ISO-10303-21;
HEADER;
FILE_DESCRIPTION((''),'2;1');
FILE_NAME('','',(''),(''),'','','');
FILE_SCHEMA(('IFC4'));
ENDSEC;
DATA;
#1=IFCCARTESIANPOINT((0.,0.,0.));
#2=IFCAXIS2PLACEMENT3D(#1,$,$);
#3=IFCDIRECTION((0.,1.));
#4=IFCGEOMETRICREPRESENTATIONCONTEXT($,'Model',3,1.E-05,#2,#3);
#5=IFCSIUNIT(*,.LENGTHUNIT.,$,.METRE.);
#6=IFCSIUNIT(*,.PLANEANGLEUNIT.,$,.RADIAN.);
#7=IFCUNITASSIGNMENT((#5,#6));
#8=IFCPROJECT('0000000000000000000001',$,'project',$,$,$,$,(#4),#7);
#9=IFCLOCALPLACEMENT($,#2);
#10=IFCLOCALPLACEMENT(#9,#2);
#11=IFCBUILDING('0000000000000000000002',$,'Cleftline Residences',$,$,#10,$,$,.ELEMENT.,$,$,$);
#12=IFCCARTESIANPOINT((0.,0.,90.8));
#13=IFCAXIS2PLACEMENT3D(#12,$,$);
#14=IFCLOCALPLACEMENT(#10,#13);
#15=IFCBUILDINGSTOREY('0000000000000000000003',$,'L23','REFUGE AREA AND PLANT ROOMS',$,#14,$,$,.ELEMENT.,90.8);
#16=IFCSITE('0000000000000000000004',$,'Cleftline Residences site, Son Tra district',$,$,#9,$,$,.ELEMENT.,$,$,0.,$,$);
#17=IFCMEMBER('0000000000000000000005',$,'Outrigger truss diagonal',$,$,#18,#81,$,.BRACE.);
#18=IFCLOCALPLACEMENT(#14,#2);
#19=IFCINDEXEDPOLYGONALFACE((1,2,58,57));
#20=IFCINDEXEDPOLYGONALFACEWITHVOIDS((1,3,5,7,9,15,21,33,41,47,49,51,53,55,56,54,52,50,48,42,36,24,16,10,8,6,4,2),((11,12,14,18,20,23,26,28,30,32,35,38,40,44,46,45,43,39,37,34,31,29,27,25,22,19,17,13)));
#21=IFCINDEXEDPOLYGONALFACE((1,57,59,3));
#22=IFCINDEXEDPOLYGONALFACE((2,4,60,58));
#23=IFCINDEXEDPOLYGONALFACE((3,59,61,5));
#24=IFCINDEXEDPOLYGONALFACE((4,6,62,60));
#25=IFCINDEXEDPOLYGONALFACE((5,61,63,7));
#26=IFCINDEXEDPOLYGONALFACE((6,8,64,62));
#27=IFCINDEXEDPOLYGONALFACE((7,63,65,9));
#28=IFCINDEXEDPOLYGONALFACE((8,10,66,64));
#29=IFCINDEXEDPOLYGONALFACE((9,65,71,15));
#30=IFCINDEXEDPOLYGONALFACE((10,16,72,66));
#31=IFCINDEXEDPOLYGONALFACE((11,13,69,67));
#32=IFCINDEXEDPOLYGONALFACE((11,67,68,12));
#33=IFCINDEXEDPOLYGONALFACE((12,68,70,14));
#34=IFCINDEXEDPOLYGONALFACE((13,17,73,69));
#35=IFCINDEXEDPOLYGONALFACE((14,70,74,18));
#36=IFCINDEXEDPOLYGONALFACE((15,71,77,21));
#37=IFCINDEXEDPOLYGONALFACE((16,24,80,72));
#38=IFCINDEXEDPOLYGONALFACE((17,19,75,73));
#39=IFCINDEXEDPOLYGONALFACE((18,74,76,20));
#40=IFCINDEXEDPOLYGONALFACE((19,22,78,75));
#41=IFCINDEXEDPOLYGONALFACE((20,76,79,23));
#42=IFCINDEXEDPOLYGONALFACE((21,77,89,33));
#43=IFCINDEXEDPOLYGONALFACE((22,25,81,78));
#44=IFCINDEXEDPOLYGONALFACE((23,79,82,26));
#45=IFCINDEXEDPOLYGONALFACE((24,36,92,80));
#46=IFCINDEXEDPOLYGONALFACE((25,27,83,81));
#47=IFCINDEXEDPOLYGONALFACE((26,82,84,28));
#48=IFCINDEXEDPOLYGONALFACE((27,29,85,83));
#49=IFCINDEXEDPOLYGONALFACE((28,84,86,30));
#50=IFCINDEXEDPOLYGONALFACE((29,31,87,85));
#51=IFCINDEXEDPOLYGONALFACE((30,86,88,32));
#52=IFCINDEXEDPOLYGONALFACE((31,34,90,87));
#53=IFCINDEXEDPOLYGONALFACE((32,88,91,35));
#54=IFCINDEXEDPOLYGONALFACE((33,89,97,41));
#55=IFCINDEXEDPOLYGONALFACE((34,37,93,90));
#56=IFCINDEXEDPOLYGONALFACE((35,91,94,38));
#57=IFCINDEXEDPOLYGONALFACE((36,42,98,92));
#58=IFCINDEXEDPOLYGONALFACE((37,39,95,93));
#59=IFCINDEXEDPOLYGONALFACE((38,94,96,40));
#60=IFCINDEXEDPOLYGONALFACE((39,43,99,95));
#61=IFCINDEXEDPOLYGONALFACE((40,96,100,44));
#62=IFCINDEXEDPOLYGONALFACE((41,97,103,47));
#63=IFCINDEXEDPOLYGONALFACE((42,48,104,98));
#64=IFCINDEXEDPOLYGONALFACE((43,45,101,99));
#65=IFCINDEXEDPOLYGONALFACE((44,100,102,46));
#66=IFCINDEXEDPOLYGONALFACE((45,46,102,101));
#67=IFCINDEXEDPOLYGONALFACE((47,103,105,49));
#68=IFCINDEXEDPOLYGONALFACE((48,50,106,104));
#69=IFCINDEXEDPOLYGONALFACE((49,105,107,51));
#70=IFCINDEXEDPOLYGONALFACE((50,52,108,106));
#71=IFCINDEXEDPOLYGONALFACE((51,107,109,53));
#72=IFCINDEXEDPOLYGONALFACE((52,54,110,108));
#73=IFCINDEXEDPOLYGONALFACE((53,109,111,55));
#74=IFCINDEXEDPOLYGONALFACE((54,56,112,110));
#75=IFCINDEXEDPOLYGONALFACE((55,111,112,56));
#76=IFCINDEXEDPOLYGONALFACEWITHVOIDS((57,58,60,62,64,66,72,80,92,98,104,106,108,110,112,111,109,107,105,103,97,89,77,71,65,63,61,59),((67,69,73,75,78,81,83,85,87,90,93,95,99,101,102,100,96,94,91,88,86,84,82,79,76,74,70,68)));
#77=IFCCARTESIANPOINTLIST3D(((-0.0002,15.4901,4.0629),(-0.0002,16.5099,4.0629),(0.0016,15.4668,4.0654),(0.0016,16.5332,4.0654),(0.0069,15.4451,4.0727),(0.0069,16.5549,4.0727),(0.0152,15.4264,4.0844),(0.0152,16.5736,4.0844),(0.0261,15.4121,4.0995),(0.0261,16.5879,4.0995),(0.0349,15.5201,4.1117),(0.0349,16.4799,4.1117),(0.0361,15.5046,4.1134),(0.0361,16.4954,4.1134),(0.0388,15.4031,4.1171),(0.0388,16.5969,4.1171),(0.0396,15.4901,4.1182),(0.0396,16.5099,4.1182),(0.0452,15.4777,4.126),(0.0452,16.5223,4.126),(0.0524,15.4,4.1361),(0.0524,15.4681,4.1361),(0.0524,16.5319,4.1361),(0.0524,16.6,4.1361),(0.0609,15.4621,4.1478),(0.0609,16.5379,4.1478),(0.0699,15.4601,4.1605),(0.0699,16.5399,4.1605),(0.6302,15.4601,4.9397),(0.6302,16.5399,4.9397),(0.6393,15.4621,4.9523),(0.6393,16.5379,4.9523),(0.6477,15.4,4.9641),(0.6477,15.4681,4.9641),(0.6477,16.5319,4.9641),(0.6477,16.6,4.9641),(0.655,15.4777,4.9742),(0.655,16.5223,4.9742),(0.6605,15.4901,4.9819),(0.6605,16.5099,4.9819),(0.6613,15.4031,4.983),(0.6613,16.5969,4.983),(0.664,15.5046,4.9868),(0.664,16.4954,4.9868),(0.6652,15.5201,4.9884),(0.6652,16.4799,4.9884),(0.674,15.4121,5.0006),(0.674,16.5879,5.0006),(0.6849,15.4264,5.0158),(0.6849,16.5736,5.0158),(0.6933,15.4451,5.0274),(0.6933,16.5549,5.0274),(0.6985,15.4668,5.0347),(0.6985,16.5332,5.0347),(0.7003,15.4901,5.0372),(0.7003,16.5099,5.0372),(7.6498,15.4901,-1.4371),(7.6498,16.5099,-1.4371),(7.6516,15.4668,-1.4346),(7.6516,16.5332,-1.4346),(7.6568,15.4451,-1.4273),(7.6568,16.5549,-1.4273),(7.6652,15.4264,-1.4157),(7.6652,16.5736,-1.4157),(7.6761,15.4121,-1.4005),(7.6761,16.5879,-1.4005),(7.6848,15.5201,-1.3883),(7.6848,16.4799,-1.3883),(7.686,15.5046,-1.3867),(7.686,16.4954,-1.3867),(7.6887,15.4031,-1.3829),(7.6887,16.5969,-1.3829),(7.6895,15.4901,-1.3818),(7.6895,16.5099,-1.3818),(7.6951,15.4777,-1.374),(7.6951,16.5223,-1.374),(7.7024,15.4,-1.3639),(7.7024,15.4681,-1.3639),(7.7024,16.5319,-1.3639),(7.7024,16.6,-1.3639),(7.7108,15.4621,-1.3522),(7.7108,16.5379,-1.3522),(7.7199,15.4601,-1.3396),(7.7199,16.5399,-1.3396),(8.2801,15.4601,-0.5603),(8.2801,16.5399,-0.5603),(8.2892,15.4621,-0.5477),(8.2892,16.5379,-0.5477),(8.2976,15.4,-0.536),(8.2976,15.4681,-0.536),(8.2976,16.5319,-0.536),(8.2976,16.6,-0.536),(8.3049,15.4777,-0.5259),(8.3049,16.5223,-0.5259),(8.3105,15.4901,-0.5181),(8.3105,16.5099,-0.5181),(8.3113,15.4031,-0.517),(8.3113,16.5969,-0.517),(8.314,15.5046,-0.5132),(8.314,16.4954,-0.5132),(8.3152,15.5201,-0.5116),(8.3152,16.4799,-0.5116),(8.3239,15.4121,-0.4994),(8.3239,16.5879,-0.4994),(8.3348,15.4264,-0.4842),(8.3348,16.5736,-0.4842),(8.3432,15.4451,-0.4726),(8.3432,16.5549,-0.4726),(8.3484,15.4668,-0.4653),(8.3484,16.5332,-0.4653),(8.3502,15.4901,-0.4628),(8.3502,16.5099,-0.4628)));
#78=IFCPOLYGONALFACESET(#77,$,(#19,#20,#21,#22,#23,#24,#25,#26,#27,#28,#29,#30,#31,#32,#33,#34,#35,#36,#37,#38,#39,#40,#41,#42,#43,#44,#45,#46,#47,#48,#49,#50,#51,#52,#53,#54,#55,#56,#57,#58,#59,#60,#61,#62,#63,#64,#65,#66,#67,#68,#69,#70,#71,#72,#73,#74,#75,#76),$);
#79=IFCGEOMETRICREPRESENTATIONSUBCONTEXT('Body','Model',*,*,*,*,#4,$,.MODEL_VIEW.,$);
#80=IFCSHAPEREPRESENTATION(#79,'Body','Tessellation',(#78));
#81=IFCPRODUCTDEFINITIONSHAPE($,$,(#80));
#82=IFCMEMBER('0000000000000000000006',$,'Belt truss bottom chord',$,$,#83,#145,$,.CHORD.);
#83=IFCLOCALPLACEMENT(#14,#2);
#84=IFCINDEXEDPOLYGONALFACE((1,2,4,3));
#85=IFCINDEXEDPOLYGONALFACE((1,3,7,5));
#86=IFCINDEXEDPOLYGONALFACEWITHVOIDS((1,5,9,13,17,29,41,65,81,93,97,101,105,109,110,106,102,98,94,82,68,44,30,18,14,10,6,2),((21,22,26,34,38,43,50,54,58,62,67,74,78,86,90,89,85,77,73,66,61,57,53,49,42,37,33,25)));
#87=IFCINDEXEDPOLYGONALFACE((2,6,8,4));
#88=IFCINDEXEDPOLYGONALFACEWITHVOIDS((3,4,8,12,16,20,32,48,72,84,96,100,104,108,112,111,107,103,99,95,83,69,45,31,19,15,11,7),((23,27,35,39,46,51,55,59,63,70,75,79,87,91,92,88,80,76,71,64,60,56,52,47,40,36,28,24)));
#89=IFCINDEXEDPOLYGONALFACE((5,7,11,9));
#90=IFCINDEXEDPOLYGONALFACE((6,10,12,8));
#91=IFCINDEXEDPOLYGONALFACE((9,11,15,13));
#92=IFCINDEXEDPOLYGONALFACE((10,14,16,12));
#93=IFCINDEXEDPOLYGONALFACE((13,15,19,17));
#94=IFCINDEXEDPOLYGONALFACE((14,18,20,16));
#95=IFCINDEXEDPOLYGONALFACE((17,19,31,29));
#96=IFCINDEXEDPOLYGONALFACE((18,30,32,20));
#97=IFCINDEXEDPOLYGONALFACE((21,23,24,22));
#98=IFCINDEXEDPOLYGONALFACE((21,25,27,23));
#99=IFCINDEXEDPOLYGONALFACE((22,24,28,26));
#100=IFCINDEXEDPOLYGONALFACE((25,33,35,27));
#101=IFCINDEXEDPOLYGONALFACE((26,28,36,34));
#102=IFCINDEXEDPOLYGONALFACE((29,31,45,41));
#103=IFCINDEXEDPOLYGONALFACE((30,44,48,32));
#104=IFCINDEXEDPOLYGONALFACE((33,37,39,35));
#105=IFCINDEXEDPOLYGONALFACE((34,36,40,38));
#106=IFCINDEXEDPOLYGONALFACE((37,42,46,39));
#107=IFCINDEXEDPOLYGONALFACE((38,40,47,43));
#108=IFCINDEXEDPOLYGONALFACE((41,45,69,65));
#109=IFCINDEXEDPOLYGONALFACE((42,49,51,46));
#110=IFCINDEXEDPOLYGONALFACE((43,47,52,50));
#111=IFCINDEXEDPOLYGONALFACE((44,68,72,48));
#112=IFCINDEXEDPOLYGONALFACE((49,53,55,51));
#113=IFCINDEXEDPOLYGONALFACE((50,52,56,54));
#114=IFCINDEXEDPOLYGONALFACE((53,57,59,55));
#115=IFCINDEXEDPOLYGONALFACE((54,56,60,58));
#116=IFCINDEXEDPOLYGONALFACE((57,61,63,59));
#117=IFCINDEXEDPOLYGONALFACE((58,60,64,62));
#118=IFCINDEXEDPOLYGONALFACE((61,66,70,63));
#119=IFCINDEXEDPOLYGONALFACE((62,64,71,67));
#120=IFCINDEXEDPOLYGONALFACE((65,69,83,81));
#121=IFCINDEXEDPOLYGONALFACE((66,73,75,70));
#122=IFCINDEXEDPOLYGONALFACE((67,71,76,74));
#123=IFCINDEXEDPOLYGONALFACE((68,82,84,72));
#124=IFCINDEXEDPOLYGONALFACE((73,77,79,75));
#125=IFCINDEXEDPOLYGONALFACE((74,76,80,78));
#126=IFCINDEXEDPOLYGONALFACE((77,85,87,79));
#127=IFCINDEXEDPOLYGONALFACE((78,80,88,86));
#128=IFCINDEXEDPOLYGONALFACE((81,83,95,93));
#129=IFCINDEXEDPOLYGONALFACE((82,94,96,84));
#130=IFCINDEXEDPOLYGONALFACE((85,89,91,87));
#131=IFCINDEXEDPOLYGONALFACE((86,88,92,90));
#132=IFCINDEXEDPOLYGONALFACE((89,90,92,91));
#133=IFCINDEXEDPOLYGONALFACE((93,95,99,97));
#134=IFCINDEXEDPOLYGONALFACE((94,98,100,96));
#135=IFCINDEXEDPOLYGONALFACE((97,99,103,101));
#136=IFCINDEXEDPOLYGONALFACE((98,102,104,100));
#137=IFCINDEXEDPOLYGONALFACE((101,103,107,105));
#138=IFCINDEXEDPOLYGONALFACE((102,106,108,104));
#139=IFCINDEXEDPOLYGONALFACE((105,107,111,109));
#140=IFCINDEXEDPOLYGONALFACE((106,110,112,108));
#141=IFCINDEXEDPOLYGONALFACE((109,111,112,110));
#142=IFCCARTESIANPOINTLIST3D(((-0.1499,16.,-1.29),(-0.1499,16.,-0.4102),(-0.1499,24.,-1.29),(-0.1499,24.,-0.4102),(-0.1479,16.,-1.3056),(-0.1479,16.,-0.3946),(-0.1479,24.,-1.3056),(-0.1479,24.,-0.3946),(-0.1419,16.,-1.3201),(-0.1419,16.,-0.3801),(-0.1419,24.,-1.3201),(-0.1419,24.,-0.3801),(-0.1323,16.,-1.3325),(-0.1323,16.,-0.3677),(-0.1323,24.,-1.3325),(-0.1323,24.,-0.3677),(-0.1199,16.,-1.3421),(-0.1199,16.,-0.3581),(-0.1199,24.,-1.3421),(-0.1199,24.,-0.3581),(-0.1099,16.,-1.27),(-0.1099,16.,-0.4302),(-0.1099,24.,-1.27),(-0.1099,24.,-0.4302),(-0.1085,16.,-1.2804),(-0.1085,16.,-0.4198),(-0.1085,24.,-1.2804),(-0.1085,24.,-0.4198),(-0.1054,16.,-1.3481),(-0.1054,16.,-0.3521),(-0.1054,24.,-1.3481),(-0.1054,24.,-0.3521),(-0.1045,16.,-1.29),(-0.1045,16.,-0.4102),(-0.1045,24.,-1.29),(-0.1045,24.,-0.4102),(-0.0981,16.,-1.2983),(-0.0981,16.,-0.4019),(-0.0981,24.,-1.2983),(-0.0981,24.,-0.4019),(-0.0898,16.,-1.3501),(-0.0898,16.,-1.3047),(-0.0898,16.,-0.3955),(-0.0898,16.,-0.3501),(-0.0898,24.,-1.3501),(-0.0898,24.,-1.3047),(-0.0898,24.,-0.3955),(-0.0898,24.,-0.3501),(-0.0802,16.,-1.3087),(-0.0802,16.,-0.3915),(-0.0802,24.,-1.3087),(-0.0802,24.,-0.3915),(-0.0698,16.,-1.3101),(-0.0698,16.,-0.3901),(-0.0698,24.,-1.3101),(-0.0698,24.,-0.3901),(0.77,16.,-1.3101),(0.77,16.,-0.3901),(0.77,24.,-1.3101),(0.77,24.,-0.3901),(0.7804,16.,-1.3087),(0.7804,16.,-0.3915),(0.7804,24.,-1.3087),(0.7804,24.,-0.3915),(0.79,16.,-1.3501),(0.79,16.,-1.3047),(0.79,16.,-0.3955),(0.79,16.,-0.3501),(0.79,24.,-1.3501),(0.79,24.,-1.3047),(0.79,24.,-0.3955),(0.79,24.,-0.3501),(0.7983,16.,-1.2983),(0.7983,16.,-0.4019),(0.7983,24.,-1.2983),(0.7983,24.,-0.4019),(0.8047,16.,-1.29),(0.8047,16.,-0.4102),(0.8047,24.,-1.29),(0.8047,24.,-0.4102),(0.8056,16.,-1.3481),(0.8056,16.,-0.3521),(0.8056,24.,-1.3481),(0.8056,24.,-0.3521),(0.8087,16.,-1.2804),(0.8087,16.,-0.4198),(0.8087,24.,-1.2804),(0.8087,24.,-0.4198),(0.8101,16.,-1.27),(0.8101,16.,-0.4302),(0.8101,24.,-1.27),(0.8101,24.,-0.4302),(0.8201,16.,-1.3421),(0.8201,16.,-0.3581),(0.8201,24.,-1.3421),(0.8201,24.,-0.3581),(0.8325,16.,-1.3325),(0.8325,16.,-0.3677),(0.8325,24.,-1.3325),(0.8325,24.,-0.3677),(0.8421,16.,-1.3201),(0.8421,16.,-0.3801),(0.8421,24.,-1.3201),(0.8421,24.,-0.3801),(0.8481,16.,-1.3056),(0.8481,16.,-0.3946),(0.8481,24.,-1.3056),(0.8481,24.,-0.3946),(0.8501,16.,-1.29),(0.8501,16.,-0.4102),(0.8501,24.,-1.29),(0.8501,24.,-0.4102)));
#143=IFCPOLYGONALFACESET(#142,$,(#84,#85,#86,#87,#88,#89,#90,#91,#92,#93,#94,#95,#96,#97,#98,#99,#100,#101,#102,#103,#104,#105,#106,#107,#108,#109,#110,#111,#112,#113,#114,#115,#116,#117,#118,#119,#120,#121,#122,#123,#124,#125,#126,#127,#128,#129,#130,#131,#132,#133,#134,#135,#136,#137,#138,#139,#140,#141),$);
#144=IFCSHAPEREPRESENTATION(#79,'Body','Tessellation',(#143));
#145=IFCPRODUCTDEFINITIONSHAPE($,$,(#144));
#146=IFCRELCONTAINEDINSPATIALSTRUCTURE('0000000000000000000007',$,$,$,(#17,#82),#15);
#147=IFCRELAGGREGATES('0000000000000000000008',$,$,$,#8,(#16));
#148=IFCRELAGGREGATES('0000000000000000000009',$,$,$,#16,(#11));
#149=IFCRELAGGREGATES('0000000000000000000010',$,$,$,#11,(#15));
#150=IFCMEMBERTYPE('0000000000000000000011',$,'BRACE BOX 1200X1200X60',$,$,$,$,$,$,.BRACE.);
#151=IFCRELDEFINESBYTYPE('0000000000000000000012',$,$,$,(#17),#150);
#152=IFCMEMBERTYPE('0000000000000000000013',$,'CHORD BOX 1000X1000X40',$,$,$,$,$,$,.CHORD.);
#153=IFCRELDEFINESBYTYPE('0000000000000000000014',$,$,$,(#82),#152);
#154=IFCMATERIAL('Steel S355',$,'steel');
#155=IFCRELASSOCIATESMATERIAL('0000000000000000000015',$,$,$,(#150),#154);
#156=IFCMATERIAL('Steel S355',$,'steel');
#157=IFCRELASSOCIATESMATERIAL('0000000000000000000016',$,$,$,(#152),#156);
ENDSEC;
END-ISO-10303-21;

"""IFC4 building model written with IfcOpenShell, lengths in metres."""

from ifc_helpers import new_model, si_unit, direction, frame, origin, origin_2d, place, context, subcontext, project, spatial, hollow_rectangle, extrude, material, material_profile, profile_set, type_object, element, save


model = new_model("IFC4")

# Units and contexts
model_context = context("Model", 3, precision=1e-05, world=origin(), true_north=direction((0.0, 1.0)))
body_context = subcontext(model_context, "Body", "Model", "MODEL_VIEW")
ifc_project = project(units=[si_unit("LENGTHUNIT", "METRE"), si_unit("PLANEANGLEUNIT", "RADIAN")], contexts=[model_context])

# Site, building, storey
site_placement = place(None, origin())
site = spatial("IfcSite", under=ifc_project, at=site_placement, Name="Cleftline Residences site, Son Tra district", CompositionType="ELEMENT", RefElevation=0.0)
building_placement = place(site_placement, origin())
building = spatial("IfcBuilding", under=site, at=building_placement, Name="Cleftline Residences", CompositionType="ELEMENT")
storey_placement = place(building_placement, frame((0.0, 0.0, 90.8)))
storey = spatial("IfcBuildingStorey", under=building, at=storey_placement, Name="L23", Description="REFUGE AREA AND PLANT ROOMS", CompositionType="ELEMENT", Elevation=90.8)

# Members
ifc_material_1 = material(Name="Steel S355", Category="steel")
ifc_material_profile_1 = material_profile(ifc_material_1, hollow_rectangle(XDim=1.2, YDim=1.2, WallThickness=0.0601, InnerFilletRadius=0.0601, OuterFilletRadius=0.0901, at=origin_2d()))
ifc_profile_set_1 = profile_set([ifc_material_profile_1], Name="Steel S355")
member_type_1 = type_object("IfcMemberType", Name="BRACE BOX 1200X1200X60", PredefinedType="BRACE", material=ifc_profile_set_1)
member_1_placement = place(storey_placement, frame((8.0, 16.0, -0.95), z_axis=(-0.811933, 0.0, 0.58375), x_axis=(0.58375, 0.0, 0.811933)))
element("IfcMember", 1, at=member_1_placement, inside=storey, type_object=member_type_1, Name="Outrigger truss diagonal", PredefinedType="BRACE", context=body_context, shape_type="SweptSolid", body=[
    extrude(hollow_rectangle(XDim=1.2, YDim=1.2, WallThickness=0.0601, InnerFilletRadius=0.0601, OuterFilletRadius=0.0901, at=origin_2d()), origin(), (0.0, 0.0, 1.0), 9.4219),
])
ifc_material_2 = material(Name="Steel S355", Category="steel")
ifc_material_profile_2 = material_profile(ifc_material_2, hollow_rectangle(XDim=1.0, YDim=1.0, WallThickness=0.04, InnerFilletRadius=0.04, OuterFilletRadius=0.0601, at=origin_2d()))
ifc_profile_set_2 = profile_set([ifc_material_profile_2], Name="Steel S355")
member_type_2 = type_object("IfcMemberType", Name="CHORD BOX 1000X1000X40", PredefinedType="CHORD", material=ifc_profile_set_2)
for number, where, z_axis, x_axis, name in (
    (2, (0.3501, 16.0, -0.8501), (0.0, 1.0, 0.0), (-1.0, 0.0, 0.0), "Belt truss bottom chord"),
):
    element("IfcMember", number, at=place(storey_placement, frame(where, z_axis=z_axis, x_axis=x_axis)), inside=storey, type_object=member_type_2, Name=name, PredefinedType="CHORD", context=body_context, shape_type="SweptSolid", body=[
        extrude(hollow_rectangle(XDim=1.0, YDim=1.0, WallThickness=0.04, InnerFilletRadius=0.04, OuterFilletRadius=0.0601, at=origin_2d()), origin(), (0.0, 0.0, 1.0), 8.0),
    ])

save(model, "model.ifc")
